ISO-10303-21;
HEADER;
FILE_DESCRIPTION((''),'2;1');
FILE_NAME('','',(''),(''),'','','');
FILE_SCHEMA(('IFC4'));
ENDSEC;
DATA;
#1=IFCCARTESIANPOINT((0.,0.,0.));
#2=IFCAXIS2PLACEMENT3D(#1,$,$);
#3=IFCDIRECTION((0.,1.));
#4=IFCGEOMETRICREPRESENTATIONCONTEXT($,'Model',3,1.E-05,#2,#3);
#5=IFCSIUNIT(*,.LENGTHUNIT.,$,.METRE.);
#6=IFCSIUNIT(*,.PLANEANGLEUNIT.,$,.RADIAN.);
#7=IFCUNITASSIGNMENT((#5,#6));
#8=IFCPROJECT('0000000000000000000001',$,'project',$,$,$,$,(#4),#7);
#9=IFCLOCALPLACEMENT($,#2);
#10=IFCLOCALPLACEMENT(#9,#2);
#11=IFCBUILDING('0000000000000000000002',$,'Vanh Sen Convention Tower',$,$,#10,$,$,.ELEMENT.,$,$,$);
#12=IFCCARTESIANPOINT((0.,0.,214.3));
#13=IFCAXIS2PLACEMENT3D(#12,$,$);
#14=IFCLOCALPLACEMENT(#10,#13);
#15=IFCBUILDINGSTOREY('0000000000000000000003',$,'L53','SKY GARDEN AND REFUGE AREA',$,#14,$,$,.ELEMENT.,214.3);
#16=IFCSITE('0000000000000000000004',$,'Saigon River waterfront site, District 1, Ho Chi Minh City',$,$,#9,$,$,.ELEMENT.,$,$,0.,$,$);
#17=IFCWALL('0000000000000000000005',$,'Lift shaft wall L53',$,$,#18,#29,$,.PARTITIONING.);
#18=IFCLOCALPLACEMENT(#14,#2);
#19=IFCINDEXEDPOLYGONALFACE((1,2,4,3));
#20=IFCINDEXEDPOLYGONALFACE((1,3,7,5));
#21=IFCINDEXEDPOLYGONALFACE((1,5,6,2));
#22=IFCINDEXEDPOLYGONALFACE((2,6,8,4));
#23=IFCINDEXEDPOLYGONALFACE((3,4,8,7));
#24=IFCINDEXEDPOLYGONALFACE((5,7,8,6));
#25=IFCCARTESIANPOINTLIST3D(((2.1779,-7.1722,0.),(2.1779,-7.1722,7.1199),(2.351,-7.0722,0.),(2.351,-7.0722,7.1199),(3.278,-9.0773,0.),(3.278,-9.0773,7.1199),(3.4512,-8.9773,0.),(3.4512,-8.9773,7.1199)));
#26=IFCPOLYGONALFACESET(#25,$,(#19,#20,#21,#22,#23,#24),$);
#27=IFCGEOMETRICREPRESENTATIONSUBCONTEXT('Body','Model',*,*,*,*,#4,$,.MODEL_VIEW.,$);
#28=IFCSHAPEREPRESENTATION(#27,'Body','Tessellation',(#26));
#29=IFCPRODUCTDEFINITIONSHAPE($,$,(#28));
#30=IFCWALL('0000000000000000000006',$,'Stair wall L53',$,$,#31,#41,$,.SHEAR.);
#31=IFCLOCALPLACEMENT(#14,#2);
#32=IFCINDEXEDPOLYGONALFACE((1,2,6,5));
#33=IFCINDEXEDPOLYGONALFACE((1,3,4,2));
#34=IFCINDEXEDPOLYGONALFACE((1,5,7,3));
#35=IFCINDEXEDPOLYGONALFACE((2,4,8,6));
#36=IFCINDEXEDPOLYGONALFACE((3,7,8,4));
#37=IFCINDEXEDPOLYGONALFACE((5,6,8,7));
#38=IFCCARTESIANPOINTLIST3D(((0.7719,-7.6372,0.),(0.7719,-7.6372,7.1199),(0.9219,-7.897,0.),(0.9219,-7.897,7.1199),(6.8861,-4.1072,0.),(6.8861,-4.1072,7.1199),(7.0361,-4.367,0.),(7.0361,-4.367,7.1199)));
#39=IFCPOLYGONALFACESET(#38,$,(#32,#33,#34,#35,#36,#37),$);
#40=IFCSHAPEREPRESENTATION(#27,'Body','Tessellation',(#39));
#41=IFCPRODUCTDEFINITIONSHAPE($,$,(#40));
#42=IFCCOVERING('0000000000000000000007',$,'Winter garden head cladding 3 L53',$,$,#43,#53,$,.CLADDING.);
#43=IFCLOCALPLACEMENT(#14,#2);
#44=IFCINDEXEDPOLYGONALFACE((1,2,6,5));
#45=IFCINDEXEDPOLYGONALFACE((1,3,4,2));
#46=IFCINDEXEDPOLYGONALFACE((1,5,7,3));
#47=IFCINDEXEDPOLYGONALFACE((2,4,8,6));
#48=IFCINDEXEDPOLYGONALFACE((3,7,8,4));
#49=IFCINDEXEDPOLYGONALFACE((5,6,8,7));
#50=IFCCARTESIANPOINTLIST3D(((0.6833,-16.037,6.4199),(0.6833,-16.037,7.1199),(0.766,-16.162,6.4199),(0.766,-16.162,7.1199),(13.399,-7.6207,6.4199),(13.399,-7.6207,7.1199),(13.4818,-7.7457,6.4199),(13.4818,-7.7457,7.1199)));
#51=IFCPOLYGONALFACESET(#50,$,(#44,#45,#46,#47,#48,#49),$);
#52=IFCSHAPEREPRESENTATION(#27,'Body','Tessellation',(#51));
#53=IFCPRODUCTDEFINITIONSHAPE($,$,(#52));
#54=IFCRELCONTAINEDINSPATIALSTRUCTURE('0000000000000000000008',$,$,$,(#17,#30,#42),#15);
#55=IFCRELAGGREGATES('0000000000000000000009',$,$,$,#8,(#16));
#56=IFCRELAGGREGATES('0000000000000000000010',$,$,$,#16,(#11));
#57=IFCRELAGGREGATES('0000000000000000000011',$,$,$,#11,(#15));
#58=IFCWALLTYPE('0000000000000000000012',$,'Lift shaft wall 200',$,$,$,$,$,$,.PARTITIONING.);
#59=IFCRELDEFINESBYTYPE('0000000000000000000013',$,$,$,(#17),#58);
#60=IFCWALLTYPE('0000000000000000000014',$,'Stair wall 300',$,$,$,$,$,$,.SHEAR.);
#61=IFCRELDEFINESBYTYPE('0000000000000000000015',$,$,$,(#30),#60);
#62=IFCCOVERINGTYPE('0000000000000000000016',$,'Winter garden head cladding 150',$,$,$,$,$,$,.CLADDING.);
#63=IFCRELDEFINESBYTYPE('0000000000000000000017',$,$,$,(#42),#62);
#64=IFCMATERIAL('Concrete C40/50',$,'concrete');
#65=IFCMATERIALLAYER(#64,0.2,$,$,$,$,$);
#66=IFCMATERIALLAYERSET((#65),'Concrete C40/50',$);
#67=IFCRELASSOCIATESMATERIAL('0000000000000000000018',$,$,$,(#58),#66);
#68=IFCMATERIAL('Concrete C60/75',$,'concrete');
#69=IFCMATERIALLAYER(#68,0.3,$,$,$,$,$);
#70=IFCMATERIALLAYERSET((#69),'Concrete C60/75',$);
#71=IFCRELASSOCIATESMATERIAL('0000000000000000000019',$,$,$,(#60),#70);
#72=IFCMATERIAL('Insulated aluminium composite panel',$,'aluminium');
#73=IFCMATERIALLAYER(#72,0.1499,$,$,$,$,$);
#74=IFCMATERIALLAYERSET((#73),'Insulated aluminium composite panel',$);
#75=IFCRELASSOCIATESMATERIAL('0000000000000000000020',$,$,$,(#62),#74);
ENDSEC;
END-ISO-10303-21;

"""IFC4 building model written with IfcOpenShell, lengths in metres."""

from ifc_helpers import new_model, si_unit, direction, frame, frame_2d, origin, origin_2d, place, context, subcontext, project, spatial, rectangle, extrude, material, layer, layer_set, type_object, element, save


model = new_model("IFC4")

# Units and contexts
model_context = context("Model", 3, precision=1e-05, world=origin(), true_north=direction((0.0, 1.0)))
body_context = subcontext(model_context, "Body", "Model", "MODEL_VIEW")
ifc_project = project(units=[si_unit("LENGTHUNIT", "METRE"), si_unit("PLANEANGLEUNIT", "RADIAN")], contexts=[model_context])

# Site, building, storey
site_placement = place(None, origin())
site = spatial("IfcSite", under=ifc_project, at=site_placement, Name="Saigon River waterfront site, District 1, Ho Chi Minh City", CompositionType="ELEMENT", RefElevation=0.0)
building_placement = place(site_placement, origin())
building = spatial("IfcBuilding", under=site, at=building_placement, Name="Vanh Sen Convention Tower", CompositionType="ELEMENT")
storey_placement = place(building_placement, frame((0.0, 0.0, 214.3)))
storey = spatial("IfcBuildingStorey", under=building, at=storey_placement, Name="L53", Description="SKY GARDEN AND REFUGE AREA", CompositionType="ELEMENT", Elevation=214.3)

# Walls
ifc_material_1 = material(Name="Concrete C40/50", Category="concrete")
ifc_layer_1 = layer(ifc_material_1, 0.2)
ifc_layer_set_1 = layer_set([ifc_layer_1], Name="Concrete C40/50")
wall_type_1 = type_object("IfcWallType", Name="Lift shaft wall 200", PredefinedType="PARTITIONING", material=ifc_layer_set_1)
wall_1_placement = place(storey_placement, frame((2.2644, -7.1221, 0.0), z_axis=(0.0, 0.0, 1.0), x_axis=(0.500078, -0.86598, 0.0)))
element("IfcWall", 1, at=wall_1_placement, inside=storey, type_object=wall_type_1, Name="Lift shaft wall L53", PredefinedType="PARTITIONING", context=body_context, shape_type="SweptSolid", body=[
    extrude(rectangle(XDim=2.2, YDim=0.2, at=frame_2d((1.1001, 0.0))), origin(), (0.0, 0.0, 1.0), 7.1199),
])
ifc_material_2 = material(Name="Concrete C60/75", Category="concrete")
ifc_layer_2 = layer(ifc_material_2, 0.3)
ifc_layer_set_2 = layer_set([ifc_layer_2], Name="Concrete C60/75")
wall_type_2 = type_object("IfcWallType", Name="Stair wall 300", PredefinedType="SHEAR", material=ifc_layer_set_2)
wall_2_placement = place(storey_placement, frame((0.8469, -7.7671, 0.0), z_axis=(0.0, 0.0, 1.0), x_axis=(0.866028, 0.499996, 0.0)))
element("IfcWall", 2, at=wall_2_placement, inside=storey, type_object=wall_type_2, Name="Stair wall L53", PredefinedType="SHEAR", context=body_context, shape_type="SweptSolid", body=[
    extrude(rectangle(XDim=7.0601, YDim=0.3, at=frame_2d((3.53, 0.0))), origin(), (0.0, 0.0, 1.0), 7.1199),
])

# Covering
ifc_material_3 = material(Name="Insulated aluminium composite panel", Category="aluminium")
ifc_layer_3 = layer(ifc_material_3, 0.1499)
ifc_layer_set_3 = layer_set([ifc_layer_3], Name="Insulated aluminium composite panel")
covering_type = type_object("IfcCoveringType", Name="Winter garden head cladding 150", PredefinedType="CLADDING", material=ifc_layer_set_3)
covering_placement = place(storey_placement, frame((7.0825, -11.8914, 6.4199), z_axis=(0.0, 0.0, 1.0), x_axis=(-0.833887, -0.551936, 0.0)))
element("IfcCovering", 3, at=covering_placement, inside=storey, type_object=covering_type, Name="Winter garden head cladding 3 L53", PredefinedType="CLADDING", context=body_context, shape_type="SweptSolid", body=[
    extrude(rectangle(XDim=15.2488, YDim=0.1499, at=origin_2d()), origin(), (0.0, 0.0, 1.0), 0.7),
])

save(model, "model.ifc")
